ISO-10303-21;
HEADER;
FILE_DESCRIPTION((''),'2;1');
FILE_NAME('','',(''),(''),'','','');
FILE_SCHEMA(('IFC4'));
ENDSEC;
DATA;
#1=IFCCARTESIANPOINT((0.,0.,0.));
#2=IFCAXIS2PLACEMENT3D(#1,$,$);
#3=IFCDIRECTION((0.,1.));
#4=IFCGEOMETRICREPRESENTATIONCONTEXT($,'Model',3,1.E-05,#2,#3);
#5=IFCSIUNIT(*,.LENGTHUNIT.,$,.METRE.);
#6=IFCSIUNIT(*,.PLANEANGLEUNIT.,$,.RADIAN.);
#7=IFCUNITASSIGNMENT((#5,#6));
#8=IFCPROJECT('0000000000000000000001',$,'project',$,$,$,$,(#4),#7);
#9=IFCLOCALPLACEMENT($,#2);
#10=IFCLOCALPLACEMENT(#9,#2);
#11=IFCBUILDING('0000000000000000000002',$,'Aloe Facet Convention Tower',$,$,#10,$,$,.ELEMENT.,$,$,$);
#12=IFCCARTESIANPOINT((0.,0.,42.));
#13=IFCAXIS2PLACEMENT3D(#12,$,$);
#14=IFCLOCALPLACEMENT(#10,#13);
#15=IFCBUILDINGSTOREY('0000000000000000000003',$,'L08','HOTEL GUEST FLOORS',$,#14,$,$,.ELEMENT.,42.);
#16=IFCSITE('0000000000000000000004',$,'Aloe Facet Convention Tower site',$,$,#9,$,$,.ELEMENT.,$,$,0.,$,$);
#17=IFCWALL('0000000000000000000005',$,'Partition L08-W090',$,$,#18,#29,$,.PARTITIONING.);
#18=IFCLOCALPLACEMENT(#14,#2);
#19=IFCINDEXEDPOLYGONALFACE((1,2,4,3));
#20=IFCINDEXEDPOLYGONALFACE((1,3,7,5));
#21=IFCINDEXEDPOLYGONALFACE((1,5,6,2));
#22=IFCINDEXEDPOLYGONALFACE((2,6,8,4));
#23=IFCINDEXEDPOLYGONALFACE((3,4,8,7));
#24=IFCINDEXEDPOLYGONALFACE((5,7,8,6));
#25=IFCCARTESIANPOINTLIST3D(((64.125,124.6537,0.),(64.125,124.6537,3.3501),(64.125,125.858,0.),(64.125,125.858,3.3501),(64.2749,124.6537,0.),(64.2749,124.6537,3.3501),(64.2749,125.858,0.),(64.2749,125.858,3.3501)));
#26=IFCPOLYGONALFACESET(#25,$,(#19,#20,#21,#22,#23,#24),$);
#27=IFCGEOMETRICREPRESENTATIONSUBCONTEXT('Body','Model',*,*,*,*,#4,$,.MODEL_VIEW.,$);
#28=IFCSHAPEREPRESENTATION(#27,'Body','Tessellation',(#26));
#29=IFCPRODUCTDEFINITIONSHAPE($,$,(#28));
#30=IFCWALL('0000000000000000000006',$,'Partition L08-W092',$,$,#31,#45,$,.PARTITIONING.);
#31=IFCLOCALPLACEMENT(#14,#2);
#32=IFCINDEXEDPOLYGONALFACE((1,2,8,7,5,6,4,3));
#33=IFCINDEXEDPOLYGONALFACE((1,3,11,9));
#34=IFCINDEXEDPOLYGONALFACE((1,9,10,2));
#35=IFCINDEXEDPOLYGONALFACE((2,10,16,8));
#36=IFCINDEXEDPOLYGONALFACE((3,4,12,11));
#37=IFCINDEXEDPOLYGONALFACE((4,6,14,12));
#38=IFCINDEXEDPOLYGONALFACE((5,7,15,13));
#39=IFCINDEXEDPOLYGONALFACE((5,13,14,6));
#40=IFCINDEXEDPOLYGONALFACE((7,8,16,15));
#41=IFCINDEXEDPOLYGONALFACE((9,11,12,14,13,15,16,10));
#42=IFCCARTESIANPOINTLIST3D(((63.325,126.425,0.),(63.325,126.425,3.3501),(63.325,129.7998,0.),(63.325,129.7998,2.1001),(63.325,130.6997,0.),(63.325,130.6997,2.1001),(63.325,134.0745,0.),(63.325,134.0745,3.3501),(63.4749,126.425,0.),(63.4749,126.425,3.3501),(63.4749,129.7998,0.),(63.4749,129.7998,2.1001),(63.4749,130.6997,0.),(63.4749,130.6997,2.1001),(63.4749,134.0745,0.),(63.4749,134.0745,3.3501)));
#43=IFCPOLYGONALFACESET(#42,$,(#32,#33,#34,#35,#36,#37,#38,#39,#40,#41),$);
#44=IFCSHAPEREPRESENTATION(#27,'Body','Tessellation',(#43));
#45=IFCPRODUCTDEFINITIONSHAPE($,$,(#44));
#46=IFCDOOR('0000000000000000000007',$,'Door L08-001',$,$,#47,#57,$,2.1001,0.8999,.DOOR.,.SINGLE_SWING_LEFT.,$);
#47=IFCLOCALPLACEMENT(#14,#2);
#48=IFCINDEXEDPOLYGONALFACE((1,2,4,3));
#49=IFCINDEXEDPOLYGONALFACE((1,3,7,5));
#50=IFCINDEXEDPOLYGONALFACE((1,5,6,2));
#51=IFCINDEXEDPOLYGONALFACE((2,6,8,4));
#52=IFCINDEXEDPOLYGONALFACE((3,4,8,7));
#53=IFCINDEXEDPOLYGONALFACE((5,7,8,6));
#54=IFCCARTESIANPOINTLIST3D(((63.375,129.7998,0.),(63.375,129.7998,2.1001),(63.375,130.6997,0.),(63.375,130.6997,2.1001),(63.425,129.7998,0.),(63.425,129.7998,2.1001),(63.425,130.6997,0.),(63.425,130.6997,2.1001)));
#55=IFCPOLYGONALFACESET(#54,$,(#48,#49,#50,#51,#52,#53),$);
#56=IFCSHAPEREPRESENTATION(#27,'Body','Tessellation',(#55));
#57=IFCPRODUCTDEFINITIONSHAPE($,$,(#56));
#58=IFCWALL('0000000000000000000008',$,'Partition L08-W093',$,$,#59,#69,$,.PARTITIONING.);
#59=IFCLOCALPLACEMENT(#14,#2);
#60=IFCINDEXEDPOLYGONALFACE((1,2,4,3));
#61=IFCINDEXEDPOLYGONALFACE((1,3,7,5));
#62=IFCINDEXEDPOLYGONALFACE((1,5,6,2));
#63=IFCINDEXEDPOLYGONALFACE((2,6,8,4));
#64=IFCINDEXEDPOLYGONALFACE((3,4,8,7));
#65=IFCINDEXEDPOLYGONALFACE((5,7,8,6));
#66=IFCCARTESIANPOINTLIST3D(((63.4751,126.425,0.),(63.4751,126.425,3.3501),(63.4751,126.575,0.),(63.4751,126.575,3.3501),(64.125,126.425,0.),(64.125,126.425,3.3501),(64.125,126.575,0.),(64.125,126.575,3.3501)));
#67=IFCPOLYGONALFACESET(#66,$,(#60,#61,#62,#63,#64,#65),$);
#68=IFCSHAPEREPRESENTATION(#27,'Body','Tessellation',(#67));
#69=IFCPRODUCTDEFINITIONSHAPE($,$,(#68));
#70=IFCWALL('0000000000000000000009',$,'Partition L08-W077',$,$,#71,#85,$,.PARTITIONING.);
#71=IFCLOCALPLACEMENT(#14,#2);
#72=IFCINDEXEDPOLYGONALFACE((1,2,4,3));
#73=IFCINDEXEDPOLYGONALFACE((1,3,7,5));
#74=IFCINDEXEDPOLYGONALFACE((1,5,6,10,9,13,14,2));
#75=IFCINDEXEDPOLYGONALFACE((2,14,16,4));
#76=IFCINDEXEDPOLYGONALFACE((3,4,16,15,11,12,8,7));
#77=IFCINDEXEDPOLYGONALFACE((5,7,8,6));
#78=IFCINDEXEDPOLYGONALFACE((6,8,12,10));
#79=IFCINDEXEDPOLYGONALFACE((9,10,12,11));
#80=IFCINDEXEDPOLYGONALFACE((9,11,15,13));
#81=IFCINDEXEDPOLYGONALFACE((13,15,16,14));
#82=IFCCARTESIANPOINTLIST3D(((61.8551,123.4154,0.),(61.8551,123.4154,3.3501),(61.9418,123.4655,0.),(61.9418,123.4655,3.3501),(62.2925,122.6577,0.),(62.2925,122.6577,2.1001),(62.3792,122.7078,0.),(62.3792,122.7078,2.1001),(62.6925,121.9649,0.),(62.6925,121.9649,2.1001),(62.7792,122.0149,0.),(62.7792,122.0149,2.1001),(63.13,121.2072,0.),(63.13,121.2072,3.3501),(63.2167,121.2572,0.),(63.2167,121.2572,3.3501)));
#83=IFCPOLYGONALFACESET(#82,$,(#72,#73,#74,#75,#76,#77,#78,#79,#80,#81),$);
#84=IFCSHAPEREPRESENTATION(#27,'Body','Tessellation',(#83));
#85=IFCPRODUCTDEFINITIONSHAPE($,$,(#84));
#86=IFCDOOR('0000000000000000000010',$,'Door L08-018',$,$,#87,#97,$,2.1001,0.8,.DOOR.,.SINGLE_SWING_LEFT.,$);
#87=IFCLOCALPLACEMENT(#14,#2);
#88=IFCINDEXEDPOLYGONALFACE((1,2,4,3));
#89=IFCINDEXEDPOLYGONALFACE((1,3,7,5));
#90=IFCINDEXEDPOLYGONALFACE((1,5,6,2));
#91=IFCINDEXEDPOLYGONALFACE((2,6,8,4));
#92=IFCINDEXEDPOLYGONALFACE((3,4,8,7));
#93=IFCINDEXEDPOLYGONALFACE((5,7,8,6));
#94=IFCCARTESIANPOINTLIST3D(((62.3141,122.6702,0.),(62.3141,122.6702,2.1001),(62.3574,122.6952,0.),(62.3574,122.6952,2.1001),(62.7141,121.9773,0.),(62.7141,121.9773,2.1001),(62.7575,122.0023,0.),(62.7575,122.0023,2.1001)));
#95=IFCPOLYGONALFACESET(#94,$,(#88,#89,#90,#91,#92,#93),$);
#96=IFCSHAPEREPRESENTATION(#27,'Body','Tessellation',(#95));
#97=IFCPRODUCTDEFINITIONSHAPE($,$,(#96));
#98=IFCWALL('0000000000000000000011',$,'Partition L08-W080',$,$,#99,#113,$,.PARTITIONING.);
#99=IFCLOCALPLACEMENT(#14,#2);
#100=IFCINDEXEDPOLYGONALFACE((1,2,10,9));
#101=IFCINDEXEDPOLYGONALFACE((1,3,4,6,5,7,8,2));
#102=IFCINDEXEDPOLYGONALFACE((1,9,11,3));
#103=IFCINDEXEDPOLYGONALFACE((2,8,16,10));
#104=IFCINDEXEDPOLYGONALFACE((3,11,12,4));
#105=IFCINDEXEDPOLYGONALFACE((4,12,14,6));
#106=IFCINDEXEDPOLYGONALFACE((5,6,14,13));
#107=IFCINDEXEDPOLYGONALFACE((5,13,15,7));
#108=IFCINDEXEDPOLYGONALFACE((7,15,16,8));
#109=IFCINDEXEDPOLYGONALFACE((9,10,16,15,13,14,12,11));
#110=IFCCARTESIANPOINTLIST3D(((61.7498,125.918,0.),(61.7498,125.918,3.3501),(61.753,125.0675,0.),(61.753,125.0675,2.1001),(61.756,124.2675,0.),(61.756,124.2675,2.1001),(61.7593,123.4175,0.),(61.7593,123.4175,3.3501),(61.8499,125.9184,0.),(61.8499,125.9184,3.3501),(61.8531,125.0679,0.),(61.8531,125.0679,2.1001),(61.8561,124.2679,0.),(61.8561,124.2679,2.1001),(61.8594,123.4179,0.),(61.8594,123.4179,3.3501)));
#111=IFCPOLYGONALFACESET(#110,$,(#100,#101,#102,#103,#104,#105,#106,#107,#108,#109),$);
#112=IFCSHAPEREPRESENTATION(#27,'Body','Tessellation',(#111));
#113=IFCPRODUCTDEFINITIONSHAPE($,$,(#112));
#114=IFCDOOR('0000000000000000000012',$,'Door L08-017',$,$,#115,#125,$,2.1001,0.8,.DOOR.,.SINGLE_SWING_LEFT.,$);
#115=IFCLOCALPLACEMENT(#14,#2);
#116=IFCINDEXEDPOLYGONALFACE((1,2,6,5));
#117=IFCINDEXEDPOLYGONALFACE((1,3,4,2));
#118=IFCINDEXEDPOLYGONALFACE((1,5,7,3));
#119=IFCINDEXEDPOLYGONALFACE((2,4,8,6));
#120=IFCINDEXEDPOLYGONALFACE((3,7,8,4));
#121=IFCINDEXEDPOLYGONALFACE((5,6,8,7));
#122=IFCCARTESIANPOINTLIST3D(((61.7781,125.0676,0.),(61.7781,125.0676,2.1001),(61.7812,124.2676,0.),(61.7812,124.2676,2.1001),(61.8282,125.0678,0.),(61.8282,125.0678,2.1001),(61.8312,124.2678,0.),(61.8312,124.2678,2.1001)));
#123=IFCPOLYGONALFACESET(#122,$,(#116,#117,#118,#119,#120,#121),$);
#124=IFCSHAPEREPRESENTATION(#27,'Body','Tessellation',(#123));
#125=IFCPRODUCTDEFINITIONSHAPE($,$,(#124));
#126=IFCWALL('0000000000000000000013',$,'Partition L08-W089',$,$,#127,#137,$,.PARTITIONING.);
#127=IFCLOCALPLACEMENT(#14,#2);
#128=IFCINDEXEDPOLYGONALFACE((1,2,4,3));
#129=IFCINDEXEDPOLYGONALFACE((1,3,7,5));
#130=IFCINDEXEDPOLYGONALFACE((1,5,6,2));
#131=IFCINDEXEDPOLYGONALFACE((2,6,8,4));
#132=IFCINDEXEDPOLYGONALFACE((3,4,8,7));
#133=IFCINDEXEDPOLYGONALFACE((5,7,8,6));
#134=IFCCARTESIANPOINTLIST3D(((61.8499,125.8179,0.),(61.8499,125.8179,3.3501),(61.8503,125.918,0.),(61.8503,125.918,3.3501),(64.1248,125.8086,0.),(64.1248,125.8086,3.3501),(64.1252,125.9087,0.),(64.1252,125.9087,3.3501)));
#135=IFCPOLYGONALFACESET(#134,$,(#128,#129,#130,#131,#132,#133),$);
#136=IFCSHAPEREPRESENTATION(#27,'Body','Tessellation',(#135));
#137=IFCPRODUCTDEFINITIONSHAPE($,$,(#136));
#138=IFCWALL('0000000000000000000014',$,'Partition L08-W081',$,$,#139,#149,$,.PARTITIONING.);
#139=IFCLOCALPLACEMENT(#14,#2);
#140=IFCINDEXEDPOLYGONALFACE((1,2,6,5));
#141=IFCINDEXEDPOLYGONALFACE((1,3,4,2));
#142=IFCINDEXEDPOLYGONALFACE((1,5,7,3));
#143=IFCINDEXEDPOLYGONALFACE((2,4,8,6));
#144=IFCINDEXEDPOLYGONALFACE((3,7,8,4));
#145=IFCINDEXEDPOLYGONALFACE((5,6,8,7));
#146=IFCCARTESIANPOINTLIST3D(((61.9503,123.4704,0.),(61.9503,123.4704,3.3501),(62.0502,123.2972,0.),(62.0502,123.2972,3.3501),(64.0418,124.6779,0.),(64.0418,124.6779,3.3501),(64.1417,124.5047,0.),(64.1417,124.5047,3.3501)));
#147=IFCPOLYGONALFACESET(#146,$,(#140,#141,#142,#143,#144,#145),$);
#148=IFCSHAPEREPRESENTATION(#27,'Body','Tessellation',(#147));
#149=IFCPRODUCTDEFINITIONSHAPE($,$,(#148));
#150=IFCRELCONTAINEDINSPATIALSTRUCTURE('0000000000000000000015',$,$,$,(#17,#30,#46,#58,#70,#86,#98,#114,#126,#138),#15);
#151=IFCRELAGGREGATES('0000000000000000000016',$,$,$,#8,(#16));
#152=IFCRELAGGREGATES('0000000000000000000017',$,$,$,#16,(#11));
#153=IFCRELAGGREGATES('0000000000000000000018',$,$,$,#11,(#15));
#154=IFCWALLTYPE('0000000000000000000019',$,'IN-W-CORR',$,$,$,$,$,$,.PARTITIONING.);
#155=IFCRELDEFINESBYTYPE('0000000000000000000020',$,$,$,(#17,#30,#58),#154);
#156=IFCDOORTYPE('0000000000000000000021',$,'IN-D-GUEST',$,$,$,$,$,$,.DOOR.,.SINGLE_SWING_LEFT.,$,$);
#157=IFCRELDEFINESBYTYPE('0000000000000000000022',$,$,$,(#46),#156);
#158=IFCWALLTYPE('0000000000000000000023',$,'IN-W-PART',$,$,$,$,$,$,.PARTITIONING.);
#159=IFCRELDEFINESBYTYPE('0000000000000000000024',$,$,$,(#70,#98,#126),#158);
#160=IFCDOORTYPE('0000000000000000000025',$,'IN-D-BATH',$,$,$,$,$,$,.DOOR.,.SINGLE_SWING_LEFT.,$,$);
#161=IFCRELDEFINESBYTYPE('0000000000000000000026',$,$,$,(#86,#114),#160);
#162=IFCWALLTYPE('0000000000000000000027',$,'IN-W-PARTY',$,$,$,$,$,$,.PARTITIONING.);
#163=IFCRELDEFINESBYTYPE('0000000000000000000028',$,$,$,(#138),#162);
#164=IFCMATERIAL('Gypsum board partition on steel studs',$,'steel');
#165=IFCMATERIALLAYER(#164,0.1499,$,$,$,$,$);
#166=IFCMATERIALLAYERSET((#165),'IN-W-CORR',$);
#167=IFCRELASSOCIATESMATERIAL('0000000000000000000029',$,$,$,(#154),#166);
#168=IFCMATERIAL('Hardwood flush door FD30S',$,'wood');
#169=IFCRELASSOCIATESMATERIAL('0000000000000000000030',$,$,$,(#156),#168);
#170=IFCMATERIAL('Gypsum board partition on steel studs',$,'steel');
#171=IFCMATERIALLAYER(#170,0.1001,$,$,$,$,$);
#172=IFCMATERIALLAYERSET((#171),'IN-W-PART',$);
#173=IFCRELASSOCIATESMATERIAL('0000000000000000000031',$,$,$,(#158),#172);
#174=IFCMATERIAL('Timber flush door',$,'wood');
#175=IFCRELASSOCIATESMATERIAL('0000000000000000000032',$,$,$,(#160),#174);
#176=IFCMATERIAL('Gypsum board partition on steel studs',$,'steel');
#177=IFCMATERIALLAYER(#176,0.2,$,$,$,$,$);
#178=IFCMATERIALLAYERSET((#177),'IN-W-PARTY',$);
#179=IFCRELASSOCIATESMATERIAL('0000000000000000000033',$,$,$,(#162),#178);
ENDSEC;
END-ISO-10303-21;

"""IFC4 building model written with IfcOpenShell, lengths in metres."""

from ifc_helpers import new_model, si_unit, direction, frame, frame_2d, origin, place, context, subcontext, project, spatial, rectangle, extrude, material, layer, layer_set, type_object, element, fill, save


model = new_model("IFC4")

# Units and contexts
model_context = context("Model", 3, precision=1e-05, world=origin(), true_north=direction((0.0, 1.0)))
body_context = subcontext(model_context, "Body", "Model", "MODEL_VIEW")
ifc_project = project(units=[si_unit("LENGTHUNIT", "METRE"), si_unit("PLANEANGLEUNIT", "RADIAN")], contexts=[model_context])

# Site, building, storey
site_placement = place(None, origin())
site = spatial("IfcSite", under=ifc_project, at=site_placement, Name="Aloe Facet Convention Tower site", CompositionType="ELEMENT", RefElevation=0.0)
building_placement = place(site_placement, origin())
building = spatial("IfcBuilding", under=site, at=building_placement, Name="Aloe Facet Convention Tower", CompositionType="ELEMENT")
storey_placement = place(building_placement, frame((0.0, 0.0, 42.0)))
storey = spatial("IfcBuildingStorey", under=building, at=storey_placement, Name="L08", Description="HOTEL GUEST FLOORS", CompositionType="ELEMENT", Elevation=42.0)

# Wall
ifc_material_1 = material(Name="Gypsum board partition on steel studs", Category="steel")
ifc_layer_1 = layer(ifc_material_1, 0.1499)
ifc_layer_set_1 = layer_set([ifc_layer_1], Name="IN-W-CORR")
wall_type_1 = type_object("IfcWallType", Name="IN-W-CORR", PredefinedType="PARTITIONING", material=ifc_layer_set_1)
wall_1_placement = place(storey_placement, frame((64.2, 124.6538, 0.0), z_axis=(0.0, 0.0, 1.0), x_axis=(0.0, 1.0, 0.0)))
element("IfcWall", 1, at=wall_1_placement, inside=storey, type_object=wall_type_1, Name="Partition L08-W090", PredefinedType="PARTITIONING", context=body_context, shape_type="SweptSolid", body=[
    extrude(rectangle(XDim=1.2043, YDim=0.1499, at=frame_2d((0.6021, 0.0))), origin(), (0.0, 0.0, 1.0), 3.3501),
])

# Wall, opening, door
wall_2_placement = place(storey_placement, frame((63.3999, 126.425, 0.0), z_axis=(0.0, 0.0, 1.0), x_axis=(0.0, 1.0, 0.0)))
wall_2 = element("IfcWall", 2, at=wall_2_placement, inside=storey, type_object=wall_type_1, Name="Partition L08-W092", PredefinedType="PARTITIONING", context=body_context, shape_type="SweptSolid", body=[
    extrude(rectangle(XDim=7.6494, YDim=0.1499, at=frame_2d((3.8247, 0.0))), origin(), (0.0, 0.0, 1.0), 3.3501),
])
opening_1_placement = place(wall_2_placement, frame((3.3748, 0.0, 0.0)))
opening_1 = element("IfcOpeningElement", 3, at=opening_1_placement, cuts=wall_2, PredefinedType="OPENING", context=body_context, shape_type="SweptSolid", body=[
    extrude(rectangle(XDim=0.8999, YDim=2.1001, at=frame_2d((0.45, 1.05))), frame((0.0, 0.085, 0.0), z_axis=(0.0, -1.0, 0.0), x_axis=(1.0, 0.0, 0.0)), (0.0, 0.0, 1.0), 0.1699),
])
ifc_material_2 = material(Name="Hardwood flush door FD30S", Category="wood")
door_type_1 = type_object("IfcDoorType", Name="IN-D-GUEST", OperationType="SINGLE_SWING_LEFT", PredefinedType="DOOR", material=ifc_material_2)
door_1_placement = place(opening_1_placement, origin())
door_1 = element("IfcDoor", 4, at=door_1_placement, inside=storey, type_object=door_type_1, Name="Door L08-001", OperationType="SINGLE_SWING_LEFT", OverallHeight=2.1001, OverallWidth=0.8999, PredefinedType="DOOR", context=body_context, shape_type="SweptSolid", body=[
    extrude(rectangle(XDim=0.8999, YDim=2.1001, at=frame_2d((0.45, 1.05))), frame((0.0, 0.0249, 0.0), z_axis=(0.0, -1.0, 0.0), x_axis=(1.0, 0.0, 0.0)), (0.0, 0.0, 1.0), 0.05),
])
fill(opening_1, door_1)

# Wall
wall_3_placement = place(storey_placement, frame((63.4751, 126.5, 0.0), z_axis=(0.0, 0.0, 1.0), x_axis=(1.0, 0.0, 0.0)))
element("IfcWall", 5, at=wall_3_placement, inside=storey, type_object=wall_type_1, Name="Partition L08-W093", PredefinedType="PARTITIONING", context=body_context, shape_type="SweptSolid", body=[
    extrude(rectangle(XDim=0.6499, YDim=0.1499, at=frame_2d((0.325, 0.0))), origin(), (0.0, 0.0, 1.0), 3.3501),
])

# Walls, openings, doors
ifc_material_3 = material(Name="Gypsum board partition on steel studs", Category="steel")
ifc_layer_2 = layer(ifc_material_3, 0.1001)
ifc_layer_set_2 = layer_set([ifc_layer_2], Name="IN-W-PART")
wall_type_2 = type_object("IfcWallType", Name="IN-W-PART", PredefinedType="PARTITIONING", material=ifc_layer_set_2)
wall_4_placement = place(storey_placement, frame((61.8984, 123.4404, 0.0), z_axis=(0.0, 0.0, 1.0), x_axis=(0.49999, -0.866031, 0.0)))
wall_4 = element("IfcWall", 6, at=wall_4_placement, inside=storey, type_object=wall_type_2, Name="Partition L08-W077", PredefinedType="PARTITIONING", context=body_context, shape_type="SweptSolid", body=[
    extrude(rectangle(XDim=2.5498, YDim=0.1001, at=frame_2d((1.2749, 0.0))), origin(), (0.0, 0.0, 1.0), 3.3501),
])
opening_2_placement = place(wall_4_placement, frame((0.875, 0.0, 0.0)))
opening_2 = element("IfcOpeningElement", 7, at=opening_2_placement, cuts=wall_4, PredefinedType="OPENING", context=body_context, shape_type="SweptSolid", body=[
    extrude(rectangle(XDim=0.8, YDim=2.1001, at=frame_2d((0.3999, 1.05))), frame((0.0, 0.0601, 0.0), z_axis=(0.0, -1.0, 0.0), x_axis=(1.0, 0.0, 0.0)), (0.0, 0.0, 1.0), 0.1201),
])
ifc_material_4 = material(Name="Timber flush door", Category="wood")
door_type_2 = type_object("IfcDoorType", Name="IN-D-BATH", OperationType="SINGLE_SWING_LEFT", PredefinedType="DOOR", material=ifc_material_4)
door_2_placement = place(opening_2_placement, origin())
door_2 = element("IfcDoor", 8, at=door_2_placement, inside=storey, type_object=door_type_2, Name="Door L08-018", OperationType="SINGLE_SWING_LEFT", OverallHeight=2.1001, OverallWidth=0.8, PredefinedType="DOOR", context=body_context, shape_type="SweptSolid", body=[
    extrude(rectangle(XDim=0.8, YDim=2.1001, at=frame_2d((0.3999, 1.05))), frame((0.0, 0.0249, 0.0), z_axis=(0.0, -1.0, 0.0), x_axis=(1.0, 0.0, 0.0)), (0.0, 0.0, 1.0), 0.05),
])
fill(opening_2, door_2)
wall_5_placement = place(storey_placement, frame((61.8093, 123.4177, 0.0), z_axis=(0.0, 0.0, 1.0), x_axis=(-0.003808, 0.999993, 0.0)))
wall_5 = element("IfcWall", 9, at=wall_5_placement, inside=storey, type_object=wall_type_2, Name="Partition L08-W080", PredefinedType="PARTITIONING", context=body_context, shape_type="SweptSolid", body=[
    extrude(rectangle(XDim=2.5005, YDim=0.1001, at=frame_2d((1.2502, 0.0))), origin(), (0.0, 0.0, 1.0), 3.3501),
])
opening_3_placement = place(wall_5_placement, frame((0.8501, 0.0, 0.0)))
opening_3 = element("IfcOpeningElement", 10, at=opening_3_placement, cuts=wall_5, PredefinedType="OPENING", context=body_context, shape_type="SweptSolid", body=[
    extrude(rectangle(XDim=0.8, YDim=2.1001, at=frame_2d((0.3999, 1.05))), frame((0.0, 0.0601, 0.0), z_axis=(0.0, -1.0, 0.0), x_axis=(1.0, 0.0, 0.0)), (0.0, 0.0, 1.0), 0.1201),
])
door_3_placement = place(opening_3_placement, origin())
door_3 = element("IfcDoor", 11, at=door_3_placement, inside=storey, type_object=door_type_2, Name="Door L08-017", OperationType="SINGLE_SWING_LEFT", OverallHeight=2.1001, OverallWidth=0.8, PredefinedType="DOOR", context=body_context, shape_type="SweptSolid", body=[
    extrude(rectangle(XDim=0.8, YDim=2.1001, at=frame_2d((0.3999, 1.05))), frame((0.0, 0.0249, 0.0), z_axis=(0.0, -1.0, 0.0), x_axis=(1.0, 0.0, 0.0)), (0.0, 0.0, 1.0), 0.05),
])
fill(opening_3, door_3)

# Walls
wall_6_placement = place(storey_placement, frame((61.8501, 125.8679, 0.0), z_axis=(0.0, 0.0, 1.0), x_axis=(0.999992, -0.004078, 0.0)))
element("IfcWall", 12, at=wall_6_placement, inside=storey, type_object=wall_type_2, Name="Partition L08-W089", PredefinedType="PARTITIONING", context=body_context, shape_type="SweptSolid", body=[
    extrude(rectangle(XDim=2.2749, YDim=0.1001, at=frame_2d((1.1375, 0.0))), origin(), (0.0, 0.0, 1.0), 3.3501),
])
ifc_material_5 = material(Name="Gypsum board partition on steel studs", Category="steel")
ifc_layer_3 = layer(ifc_material_5, 0.2)
ifc_layer_set_3 = layer_set([ifc_layer_3], Name="IN-W-PARTY")
wall_type_3 = type_object("IfcWallType", Name="IN-W-PARTY", PredefinedType="PARTITIONING", material=ifc_layer_set_3)
wall_7_placement = place(storey_placement, frame((62.0002, 123.3838, 0.0), z_axis=(0.0, 0.0, 1.0), x_axis=(0.866032, 0.499988, 0.0)))
element("IfcWall", 13, at=wall_7_placement, inside=storey, type_object=wall_type_3, Name="Partition L08-W081", PredefinedType="PARTITIONING", context=body_context, shape_type="SweptSolid", body=[
    extrude(rectangle(XDim=2.415, YDim=0.2, at=frame_2d((1.2075, 0.0))), origin(), (0.0, 0.0, 1.0), 3.3501),
])

save(model, "model.ifc")
